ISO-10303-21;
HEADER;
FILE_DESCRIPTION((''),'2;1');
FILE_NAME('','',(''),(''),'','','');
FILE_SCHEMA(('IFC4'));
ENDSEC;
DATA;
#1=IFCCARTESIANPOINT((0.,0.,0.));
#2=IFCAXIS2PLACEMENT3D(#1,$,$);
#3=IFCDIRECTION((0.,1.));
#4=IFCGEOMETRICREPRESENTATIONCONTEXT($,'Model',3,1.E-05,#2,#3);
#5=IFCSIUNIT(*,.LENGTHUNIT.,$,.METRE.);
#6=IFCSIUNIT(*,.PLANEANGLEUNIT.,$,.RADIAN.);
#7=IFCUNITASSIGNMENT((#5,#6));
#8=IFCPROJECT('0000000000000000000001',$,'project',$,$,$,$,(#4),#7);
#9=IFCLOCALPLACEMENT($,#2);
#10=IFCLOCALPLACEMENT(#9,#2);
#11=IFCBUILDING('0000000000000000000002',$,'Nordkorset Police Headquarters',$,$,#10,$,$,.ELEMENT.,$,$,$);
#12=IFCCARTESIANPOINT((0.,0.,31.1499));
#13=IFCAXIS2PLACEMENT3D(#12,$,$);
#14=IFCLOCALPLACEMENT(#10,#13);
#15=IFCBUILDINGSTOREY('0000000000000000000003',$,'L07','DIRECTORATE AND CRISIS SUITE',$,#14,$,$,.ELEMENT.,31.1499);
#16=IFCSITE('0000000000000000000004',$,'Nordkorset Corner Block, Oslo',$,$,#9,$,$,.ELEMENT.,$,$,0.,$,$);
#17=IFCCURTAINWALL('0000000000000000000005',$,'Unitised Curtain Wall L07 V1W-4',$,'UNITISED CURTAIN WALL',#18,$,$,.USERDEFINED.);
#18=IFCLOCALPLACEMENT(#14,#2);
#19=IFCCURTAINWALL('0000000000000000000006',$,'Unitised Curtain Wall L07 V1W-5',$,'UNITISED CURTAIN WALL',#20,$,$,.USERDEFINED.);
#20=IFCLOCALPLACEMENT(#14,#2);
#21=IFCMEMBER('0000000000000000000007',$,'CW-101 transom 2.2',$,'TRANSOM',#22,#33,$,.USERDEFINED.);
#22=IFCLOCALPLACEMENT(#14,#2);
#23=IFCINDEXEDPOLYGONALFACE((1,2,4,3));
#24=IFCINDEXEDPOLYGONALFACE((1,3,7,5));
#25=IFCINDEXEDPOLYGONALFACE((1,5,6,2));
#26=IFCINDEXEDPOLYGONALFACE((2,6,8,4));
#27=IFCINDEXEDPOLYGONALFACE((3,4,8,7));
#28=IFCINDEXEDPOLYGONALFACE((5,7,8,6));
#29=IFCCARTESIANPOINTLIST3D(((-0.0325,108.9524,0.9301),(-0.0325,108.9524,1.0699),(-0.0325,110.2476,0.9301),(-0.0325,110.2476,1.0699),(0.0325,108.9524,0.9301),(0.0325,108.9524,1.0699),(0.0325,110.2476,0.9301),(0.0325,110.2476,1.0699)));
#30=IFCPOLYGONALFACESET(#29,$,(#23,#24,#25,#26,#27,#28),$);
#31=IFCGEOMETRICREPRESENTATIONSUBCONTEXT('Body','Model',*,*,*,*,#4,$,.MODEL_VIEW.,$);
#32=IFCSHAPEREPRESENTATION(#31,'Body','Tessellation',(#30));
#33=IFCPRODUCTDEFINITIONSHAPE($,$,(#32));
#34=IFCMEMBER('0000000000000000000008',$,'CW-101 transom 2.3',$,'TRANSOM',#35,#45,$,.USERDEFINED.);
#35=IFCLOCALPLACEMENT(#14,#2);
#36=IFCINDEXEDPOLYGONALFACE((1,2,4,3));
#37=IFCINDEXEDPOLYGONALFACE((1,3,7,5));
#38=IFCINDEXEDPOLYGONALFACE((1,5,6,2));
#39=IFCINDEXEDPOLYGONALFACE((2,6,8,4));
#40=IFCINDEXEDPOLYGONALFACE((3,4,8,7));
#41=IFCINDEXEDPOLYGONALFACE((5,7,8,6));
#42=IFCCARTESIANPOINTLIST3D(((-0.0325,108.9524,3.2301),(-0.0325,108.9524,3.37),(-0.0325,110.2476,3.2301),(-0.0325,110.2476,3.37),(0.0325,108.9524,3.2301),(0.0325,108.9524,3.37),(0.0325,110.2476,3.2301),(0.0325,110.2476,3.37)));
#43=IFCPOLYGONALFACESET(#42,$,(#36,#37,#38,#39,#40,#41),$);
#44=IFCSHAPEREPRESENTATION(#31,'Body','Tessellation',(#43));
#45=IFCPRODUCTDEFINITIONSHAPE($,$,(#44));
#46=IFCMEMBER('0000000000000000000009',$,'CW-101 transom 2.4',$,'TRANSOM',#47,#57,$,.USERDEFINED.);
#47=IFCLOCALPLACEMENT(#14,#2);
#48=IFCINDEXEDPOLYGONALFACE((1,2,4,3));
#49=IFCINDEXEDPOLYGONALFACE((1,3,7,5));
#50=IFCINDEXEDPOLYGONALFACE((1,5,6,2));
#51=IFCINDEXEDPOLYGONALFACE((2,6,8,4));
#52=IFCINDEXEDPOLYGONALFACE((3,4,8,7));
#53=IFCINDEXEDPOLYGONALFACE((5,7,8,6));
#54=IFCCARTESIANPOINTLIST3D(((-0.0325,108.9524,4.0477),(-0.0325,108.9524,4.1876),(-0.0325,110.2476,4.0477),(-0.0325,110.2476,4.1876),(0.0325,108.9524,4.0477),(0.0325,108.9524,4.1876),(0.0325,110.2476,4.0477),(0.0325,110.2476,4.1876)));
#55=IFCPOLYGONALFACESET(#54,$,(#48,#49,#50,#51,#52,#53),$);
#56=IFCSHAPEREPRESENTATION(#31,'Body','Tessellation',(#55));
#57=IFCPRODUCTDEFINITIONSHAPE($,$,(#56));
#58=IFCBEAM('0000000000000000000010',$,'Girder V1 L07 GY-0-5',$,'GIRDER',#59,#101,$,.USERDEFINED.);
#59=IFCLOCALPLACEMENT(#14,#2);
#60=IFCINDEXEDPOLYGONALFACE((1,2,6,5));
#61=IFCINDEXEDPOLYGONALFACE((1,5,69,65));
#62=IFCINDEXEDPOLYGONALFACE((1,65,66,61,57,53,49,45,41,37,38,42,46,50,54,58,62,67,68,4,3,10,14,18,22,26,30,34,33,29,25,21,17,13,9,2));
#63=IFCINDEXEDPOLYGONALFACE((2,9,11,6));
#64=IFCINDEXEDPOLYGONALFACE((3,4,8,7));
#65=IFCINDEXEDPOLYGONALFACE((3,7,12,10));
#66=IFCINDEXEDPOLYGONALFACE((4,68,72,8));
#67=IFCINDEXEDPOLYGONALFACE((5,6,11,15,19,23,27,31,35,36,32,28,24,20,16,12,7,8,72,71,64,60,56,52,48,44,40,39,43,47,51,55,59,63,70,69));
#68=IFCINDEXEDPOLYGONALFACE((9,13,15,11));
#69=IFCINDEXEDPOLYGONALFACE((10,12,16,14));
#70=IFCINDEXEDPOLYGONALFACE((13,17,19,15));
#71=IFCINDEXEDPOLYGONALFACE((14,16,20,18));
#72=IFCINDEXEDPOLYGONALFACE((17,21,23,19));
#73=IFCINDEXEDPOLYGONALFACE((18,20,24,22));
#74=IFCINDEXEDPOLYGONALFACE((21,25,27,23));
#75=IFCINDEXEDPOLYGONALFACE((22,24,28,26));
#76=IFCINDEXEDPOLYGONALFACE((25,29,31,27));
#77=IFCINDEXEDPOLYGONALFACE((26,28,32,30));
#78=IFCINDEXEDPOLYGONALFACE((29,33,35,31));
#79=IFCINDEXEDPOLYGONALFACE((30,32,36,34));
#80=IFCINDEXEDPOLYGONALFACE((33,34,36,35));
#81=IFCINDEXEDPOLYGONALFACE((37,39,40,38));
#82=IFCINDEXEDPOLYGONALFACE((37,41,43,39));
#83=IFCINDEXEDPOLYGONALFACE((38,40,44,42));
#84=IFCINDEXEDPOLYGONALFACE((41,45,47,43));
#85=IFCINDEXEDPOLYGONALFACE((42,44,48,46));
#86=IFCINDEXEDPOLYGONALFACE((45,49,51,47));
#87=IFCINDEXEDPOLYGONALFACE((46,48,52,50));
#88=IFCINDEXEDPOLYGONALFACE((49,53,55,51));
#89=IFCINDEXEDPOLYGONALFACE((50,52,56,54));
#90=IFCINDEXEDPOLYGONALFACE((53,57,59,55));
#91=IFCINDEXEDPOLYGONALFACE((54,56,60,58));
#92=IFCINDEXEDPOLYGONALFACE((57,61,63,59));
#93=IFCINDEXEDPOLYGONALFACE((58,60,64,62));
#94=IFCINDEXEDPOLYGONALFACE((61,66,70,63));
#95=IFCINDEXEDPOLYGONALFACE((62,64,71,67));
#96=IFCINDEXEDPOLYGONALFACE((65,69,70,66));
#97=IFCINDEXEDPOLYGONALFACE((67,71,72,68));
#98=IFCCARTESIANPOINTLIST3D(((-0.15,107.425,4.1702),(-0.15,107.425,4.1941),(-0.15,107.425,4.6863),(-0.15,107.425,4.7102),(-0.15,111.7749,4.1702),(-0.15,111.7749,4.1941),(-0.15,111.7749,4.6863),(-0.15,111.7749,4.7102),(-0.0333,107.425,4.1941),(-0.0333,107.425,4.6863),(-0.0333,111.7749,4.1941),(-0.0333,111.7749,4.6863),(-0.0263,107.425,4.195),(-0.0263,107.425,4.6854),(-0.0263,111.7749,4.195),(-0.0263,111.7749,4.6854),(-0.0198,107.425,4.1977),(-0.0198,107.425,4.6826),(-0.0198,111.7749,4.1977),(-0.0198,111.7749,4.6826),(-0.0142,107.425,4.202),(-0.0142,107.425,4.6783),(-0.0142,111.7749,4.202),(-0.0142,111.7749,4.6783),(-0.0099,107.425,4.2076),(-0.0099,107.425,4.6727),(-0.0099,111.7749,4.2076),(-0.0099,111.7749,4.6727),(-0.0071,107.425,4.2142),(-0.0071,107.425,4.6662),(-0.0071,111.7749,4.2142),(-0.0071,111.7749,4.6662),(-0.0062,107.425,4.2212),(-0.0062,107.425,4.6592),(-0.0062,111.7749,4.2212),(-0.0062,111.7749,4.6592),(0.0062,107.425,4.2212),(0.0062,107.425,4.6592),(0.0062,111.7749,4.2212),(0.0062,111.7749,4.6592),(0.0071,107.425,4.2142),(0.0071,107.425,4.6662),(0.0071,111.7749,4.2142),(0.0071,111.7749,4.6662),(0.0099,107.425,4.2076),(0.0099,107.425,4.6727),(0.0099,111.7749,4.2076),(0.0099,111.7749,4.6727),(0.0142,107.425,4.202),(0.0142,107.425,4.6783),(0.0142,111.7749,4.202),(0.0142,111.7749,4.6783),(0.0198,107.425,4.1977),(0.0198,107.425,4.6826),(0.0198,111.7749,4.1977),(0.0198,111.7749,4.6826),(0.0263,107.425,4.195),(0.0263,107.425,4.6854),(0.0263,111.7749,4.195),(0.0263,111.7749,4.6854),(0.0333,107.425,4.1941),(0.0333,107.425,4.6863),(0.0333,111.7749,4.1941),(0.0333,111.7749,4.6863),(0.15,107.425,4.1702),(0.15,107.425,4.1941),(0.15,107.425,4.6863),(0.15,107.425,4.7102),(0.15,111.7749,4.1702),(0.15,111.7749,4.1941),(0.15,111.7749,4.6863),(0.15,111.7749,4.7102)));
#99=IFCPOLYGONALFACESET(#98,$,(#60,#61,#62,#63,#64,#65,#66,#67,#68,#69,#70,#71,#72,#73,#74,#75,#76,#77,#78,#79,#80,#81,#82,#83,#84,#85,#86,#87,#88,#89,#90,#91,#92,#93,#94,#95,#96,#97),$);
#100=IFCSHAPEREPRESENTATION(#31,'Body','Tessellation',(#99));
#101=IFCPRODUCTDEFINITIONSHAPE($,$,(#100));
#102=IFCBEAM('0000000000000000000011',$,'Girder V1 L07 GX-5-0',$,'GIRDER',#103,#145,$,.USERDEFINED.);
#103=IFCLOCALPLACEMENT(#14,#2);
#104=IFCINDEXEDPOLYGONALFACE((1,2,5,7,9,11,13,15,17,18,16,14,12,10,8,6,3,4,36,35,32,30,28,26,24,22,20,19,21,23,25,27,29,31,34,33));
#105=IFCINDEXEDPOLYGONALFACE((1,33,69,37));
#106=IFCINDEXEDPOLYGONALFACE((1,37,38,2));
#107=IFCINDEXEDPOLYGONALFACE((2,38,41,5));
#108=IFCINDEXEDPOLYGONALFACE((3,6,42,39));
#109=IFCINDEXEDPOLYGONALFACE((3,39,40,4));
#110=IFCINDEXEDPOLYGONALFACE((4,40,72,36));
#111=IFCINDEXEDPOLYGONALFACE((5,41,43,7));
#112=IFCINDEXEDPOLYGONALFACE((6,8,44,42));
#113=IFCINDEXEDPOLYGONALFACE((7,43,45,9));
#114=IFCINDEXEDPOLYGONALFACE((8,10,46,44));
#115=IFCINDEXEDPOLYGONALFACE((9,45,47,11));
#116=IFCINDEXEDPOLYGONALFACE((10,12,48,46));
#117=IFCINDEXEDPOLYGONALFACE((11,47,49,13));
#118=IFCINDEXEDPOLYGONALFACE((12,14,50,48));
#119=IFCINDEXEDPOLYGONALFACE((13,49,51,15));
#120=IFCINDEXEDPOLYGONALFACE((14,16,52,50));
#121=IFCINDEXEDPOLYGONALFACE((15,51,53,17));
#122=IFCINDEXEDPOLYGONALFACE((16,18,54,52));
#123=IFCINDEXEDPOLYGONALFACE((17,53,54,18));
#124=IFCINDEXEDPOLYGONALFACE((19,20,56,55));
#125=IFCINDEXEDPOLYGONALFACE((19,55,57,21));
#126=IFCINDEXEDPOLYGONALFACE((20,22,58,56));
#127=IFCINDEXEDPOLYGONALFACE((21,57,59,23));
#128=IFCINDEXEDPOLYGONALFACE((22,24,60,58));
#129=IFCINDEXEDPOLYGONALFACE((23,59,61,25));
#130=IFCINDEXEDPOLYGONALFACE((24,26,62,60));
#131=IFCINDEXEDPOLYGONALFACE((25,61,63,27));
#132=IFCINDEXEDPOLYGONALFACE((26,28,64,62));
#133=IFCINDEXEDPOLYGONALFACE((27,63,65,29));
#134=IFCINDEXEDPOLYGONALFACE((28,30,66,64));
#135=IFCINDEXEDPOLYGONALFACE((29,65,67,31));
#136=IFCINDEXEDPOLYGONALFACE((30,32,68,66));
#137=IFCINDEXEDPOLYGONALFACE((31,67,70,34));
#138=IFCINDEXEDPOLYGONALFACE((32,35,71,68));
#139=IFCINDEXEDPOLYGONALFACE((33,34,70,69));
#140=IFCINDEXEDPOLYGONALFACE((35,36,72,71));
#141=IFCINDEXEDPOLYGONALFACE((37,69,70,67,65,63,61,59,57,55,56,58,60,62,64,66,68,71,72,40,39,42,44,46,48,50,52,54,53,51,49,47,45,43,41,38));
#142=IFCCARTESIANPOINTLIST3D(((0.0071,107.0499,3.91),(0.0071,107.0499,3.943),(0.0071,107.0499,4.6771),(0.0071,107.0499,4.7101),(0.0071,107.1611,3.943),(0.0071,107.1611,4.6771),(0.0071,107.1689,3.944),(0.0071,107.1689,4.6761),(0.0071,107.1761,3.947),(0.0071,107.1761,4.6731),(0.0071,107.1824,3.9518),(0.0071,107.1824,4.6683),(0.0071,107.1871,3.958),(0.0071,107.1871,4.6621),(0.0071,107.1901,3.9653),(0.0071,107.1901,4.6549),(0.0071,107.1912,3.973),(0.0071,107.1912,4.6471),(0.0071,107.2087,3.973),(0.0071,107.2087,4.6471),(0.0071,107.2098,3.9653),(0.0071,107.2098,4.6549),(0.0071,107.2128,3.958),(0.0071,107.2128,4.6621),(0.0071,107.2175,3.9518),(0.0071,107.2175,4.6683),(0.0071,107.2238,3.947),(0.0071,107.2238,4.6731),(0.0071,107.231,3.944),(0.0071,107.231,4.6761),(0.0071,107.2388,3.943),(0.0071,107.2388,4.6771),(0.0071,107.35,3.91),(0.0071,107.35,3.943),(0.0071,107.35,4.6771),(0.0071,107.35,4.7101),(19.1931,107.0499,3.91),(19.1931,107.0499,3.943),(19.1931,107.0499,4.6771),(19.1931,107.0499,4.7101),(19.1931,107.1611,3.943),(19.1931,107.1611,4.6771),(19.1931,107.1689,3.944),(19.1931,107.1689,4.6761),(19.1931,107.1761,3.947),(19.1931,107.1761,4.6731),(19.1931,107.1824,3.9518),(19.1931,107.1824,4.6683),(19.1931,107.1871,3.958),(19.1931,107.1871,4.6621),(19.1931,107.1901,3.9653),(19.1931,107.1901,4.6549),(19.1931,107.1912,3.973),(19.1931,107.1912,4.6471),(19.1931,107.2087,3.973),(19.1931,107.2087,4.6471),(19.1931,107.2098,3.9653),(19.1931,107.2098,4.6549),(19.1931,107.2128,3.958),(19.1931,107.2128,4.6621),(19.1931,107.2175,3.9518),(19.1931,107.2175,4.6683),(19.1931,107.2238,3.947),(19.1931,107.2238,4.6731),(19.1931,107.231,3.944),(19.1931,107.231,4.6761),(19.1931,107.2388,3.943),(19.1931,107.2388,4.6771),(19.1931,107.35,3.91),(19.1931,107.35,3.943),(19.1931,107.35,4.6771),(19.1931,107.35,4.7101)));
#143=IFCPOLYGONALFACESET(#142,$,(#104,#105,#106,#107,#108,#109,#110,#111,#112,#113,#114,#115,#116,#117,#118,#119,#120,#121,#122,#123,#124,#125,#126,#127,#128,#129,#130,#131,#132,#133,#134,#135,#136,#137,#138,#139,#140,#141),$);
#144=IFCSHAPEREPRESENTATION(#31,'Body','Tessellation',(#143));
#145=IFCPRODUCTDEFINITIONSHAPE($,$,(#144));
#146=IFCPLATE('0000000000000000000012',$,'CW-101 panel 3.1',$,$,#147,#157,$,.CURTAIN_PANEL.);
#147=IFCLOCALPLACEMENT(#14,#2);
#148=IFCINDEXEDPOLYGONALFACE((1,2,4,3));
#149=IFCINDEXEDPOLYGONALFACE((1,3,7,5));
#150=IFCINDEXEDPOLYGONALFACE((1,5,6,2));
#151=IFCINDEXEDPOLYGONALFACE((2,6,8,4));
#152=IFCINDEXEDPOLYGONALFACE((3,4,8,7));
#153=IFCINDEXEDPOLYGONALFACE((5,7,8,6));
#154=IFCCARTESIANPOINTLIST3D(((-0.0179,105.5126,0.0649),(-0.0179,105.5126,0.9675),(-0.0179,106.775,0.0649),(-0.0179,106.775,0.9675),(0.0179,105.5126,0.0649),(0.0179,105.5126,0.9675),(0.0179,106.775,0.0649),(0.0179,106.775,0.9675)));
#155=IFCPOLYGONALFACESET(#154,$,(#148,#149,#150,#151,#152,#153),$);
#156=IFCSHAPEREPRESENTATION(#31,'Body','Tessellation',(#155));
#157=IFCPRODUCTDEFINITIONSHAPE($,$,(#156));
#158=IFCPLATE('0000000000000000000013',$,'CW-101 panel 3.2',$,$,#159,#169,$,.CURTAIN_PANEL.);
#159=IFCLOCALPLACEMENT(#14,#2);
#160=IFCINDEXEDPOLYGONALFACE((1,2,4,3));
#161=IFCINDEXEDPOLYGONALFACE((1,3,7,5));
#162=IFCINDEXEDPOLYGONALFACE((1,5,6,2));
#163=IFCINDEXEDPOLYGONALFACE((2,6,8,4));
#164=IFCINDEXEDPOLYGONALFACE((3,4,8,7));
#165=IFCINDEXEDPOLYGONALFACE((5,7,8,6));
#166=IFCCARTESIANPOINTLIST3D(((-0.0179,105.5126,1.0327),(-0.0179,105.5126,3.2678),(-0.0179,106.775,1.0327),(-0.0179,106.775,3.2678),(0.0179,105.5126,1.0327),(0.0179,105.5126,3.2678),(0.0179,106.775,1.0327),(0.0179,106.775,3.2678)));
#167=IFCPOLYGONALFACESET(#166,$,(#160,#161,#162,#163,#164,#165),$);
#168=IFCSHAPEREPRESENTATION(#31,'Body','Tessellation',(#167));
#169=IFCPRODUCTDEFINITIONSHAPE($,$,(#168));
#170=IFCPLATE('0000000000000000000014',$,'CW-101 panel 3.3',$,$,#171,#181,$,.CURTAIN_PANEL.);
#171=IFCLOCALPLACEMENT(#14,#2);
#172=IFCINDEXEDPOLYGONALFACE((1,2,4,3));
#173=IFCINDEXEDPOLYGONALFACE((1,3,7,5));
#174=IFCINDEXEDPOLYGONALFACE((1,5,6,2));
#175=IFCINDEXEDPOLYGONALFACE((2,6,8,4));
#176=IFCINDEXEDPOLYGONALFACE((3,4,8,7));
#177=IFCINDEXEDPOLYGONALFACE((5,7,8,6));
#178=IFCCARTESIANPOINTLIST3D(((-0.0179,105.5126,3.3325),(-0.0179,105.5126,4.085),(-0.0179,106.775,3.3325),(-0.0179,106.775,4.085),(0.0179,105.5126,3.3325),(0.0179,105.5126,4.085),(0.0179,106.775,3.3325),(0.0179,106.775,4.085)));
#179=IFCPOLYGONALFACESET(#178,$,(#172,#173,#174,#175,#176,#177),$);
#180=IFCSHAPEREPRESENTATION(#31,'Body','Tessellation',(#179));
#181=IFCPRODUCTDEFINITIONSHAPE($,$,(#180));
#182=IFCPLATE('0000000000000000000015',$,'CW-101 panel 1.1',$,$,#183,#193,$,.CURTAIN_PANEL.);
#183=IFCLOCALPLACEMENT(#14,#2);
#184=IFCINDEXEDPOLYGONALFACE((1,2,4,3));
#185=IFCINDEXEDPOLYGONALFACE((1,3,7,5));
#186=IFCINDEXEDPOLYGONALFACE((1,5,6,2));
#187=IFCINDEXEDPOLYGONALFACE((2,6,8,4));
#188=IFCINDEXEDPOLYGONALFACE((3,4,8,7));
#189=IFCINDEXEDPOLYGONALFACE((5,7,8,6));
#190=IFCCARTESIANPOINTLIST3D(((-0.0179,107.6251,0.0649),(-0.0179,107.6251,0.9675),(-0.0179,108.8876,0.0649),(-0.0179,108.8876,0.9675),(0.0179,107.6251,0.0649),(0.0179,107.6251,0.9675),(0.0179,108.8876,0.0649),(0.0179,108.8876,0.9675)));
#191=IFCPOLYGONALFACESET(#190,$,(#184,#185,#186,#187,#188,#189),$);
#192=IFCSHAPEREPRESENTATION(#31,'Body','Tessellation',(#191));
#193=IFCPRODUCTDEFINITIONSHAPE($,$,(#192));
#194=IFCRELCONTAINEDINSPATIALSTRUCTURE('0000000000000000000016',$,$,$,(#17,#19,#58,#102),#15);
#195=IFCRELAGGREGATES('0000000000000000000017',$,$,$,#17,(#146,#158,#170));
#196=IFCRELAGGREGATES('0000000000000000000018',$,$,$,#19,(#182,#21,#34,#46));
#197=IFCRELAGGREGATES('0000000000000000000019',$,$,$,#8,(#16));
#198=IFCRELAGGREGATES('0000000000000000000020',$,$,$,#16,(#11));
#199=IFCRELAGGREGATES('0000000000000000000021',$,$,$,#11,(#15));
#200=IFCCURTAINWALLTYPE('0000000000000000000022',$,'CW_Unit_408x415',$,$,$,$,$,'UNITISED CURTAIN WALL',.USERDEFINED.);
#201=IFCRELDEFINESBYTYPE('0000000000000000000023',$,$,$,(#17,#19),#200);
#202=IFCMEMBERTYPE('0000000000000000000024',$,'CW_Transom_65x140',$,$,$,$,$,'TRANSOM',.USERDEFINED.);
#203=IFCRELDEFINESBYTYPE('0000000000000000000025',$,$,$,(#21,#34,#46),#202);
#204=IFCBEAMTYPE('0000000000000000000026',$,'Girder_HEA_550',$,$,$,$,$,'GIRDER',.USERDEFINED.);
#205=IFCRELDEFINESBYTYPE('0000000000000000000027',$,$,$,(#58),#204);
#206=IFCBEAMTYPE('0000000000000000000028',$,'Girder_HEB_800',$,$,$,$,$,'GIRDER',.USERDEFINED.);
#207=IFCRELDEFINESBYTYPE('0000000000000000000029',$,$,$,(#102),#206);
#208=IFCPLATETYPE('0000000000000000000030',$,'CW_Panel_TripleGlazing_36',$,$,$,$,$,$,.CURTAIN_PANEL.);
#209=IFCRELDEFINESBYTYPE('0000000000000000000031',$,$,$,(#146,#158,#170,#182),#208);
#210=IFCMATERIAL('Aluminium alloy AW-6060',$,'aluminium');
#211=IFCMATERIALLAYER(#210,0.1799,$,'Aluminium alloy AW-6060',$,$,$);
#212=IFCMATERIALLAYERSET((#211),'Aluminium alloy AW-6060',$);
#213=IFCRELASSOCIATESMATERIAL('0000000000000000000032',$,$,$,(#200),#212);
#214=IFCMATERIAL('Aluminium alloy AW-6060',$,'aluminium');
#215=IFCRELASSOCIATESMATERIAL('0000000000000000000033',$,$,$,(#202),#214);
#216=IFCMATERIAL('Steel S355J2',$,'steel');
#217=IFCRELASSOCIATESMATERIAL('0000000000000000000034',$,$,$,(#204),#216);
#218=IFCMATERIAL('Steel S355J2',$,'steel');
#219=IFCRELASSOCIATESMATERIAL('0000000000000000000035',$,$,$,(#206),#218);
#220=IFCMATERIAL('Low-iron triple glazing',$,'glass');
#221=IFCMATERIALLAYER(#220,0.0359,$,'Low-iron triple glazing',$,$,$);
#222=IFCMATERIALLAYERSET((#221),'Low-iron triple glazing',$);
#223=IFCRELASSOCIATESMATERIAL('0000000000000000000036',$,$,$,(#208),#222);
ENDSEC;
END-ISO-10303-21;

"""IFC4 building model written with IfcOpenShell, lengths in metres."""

from ifc_helpers import new_model, si_unit, direction, frame, origin, origin_2d, place, context, subcontext, project, spatial, rectangle, i_section, extrude, material, layer, layer_set, material_profile, profile_set, type_object, element, aggregate, save


model = new_model("IFC4")

# Units and contexts
model_context = context("Model", 3, precision=1e-05, world=origin(), true_north=direction((0.0, 1.0)))
body_context = subcontext(model_context, "Body", "Model", "MODEL_VIEW")
ifc_project = project(units=[si_unit("LENGTHUNIT", "METRE"), si_unit("PLANEANGLEUNIT", "RADIAN")], contexts=[model_context])

# Site, building, storey
site_placement = place(None, origin())
site = spatial("IfcSite", under=ifc_project, at=site_placement, Name="Nordkorset Corner Block, Oslo", CompositionType="ELEMENT", RefElevation=0.0)
building_placement = place(site_placement, origin())
building = spatial("IfcBuilding", under=site, at=building_placement, Name="Nordkorset Police Headquarters", CompositionType="ELEMENT")
storey_placement = place(building_placement, frame((0.0, 0.0, 31.1499)))
storey = spatial("IfcBuildingStorey", under=building, at=storey_placement, Name="L07", Description="DIRECTORATE AND CRISIS SUITE", CompositionType="ELEMENT", Elevation=31.1499)

# Curtain wall
ifc_material_1 = material(Name="Aluminium alloy AW-6060", Category="aluminium")
ifc_layer_1 = layer(ifc_material_1, 0.1799, Name="Aluminium alloy AW-6060")
ifc_layer_set_1 = layer_set([ifc_layer_1], Name="Aluminium alloy AW-6060")
curtain_wall_type = type_object("IfcCurtainWallType", Name="CW_Unit_408x415", ElementType="UNITISED CURTAIN WALL", PredefinedType="USERDEFINED", material=ifc_layer_set_1)
curtain_wall_1_placement = place(storey_placement, origin())
curtain_wall_1 = element("IfcCurtainWall", 1, at=curtain_wall_1_placement, inside=storey, type_object=curtain_wall_type, Name="Unitised Curtain Wall L07 V1W-4", ObjectType="UNITISED CURTAIN WALL", PredefinedType="USERDEFINED")

# Curtain wall
curtain_wall_2_placement = place(storey_placement, origin())
curtain_wall_2 = element("IfcCurtainWall", 2, at=curtain_wall_2_placement, inside=storey, type_object=curtain_wall_type, Name="Unitised Curtain Wall L07 V1W-5", ObjectType="UNITISED CURTAIN WALL", PredefinedType="USERDEFINED")

# Members
ifc_material_2 = material(Name="Aluminium alloy AW-6060", Category="aluminium")
ifc_material_profile_1 = material_profile(ifc_material_2, rectangle(XDim=0.0649, YDim=0.1399, at=origin_2d()), Name="ALU TRAN 65x140")
ifc_profile_set_1 = profile_set([ifc_material_profile_1], Name="Aluminium alloy AW-6060")
member_type_1 = type_object("IfcMemberType", Name="CW_Transom_65x140", ElementType="TRANSOM", PredefinedType="USERDEFINED", material=ifc_profile_set_1)
member_1_placement = place(storey_placement, frame((0.0, 108.9524, 1.0), z_axis=(0.0, 1.0, 0.0), x_axis=(-1.0, 0.0, 0.0)))
member_1 = element("IfcMember", 3, at=member_1_placement, type_object=member_type_1, Name="CW-101 transom 2.2", ObjectType="TRANSOM", PredefinedType="USERDEFINED", context=body_context, shape_type="SweptSolid", body=[
    extrude(rectangle(XDim=0.0649, YDim=0.1399, at=origin_2d()), origin(), (0.0, 0.0, 1.0), 1.2952),
])
member_2_placement = place(storey_placement, frame((0.0, 108.9524, 3.3), z_axis=(0.0, 1.0, 0.0), x_axis=(-1.0, 0.0, 0.0)))
member_2 = element("IfcMember", 4, at=member_2_placement, type_object=member_type_1, Name="CW-101 transom 2.3", ObjectType="TRANSOM", PredefinedType="USERDEFINED", context=body_context, shape_type="SweptSolid", body=[
    extrude(rectangle(XDim=0.0649, YDim=0.1399, at=origin_2d()), origin(), (0.0, 0.0, 1.0), 1.2952),
])
member_3_placement = place(storey_placement, frame((0.0, 108.9524, 4.1177), z_axis=(0.0, 1.0, 0.0), x_axis=(-1.0, 0.0, 0.0)))
member_3 = element("IfcMember", 5, at=member_3_placement, type_object=member_type_1, Name="CW-101 transom 2.4", ObjectType="TRANSOM", PredefinedType="USERDEFINED", context=body_context, shape_type="SweptSolid", body=[
    extrude(rectangle(XDim=0.0649, YDim=0.1399, at=origin_2d()), origin(), (0.0, 0.0, 1.0), 1.2952),
])

# Beams
ifc_material_3 = material(Name="Steel S355J2", Category="steel")
ifc_material_profile_2 = material_profile(ifc_material_3, i_section(OverallWidth=0.3, OverallDepth=0.54, WebThickness=0.0125, FlangeThickness=0.0239, FilletRadius=0.0271, at=origin_2d()), Name="HEA 550")
ifc_profile_set_2 = profile_set([ifc_material_profile_2], Name="Steel S355J2")
beam_type_1 = type_object("IfcBeamType", Name="Girder_HEA_550", ElementType="GIRDER", PredefinedType="USERDEFINED", material=ifc_profile_set_2)
beam_1_placement = place(storey_placement, frame((0.0, 107.425, 4.4402), z_axis=(0.0, 1.0, 0.0), x_axis=(-1.0, 0.0, 0.0)))
element("IfcBeam", 6, at=beam_1_placement, inside=storey, type_object=beam_type_1, Name="Girder V1 L07 GY-0-5", ObjectType="GIRDER", PredefinedType="USERDEFINED", context=body_context, shape_type="SweptSolid", body=[
    extrude(i_section(OverallWidth=0.3, OverallDepth=0.54, WebThickness=0.0125, FlangeThickness=0.0239, FilletRadius=0.0271, at=origin_2d()), origin(), (0.0, 0.0, 1.0), 4.3499),
])
ifc_material_4 = material(Name="Steel S355J2", Category="steel")
ifc_material_profile_3 = material_profile(ifc_material_4, i_section(OverallWidth=0.3, OverallDepth=0.8, WebThickness=0.0176, FlangeThickness=0.033, FilletRadius=0.03, at=origin_2d()), Name="HEB 800")
ifc_profile_set_3 = profile_set([ifc_material_profile_3], Name="Steel S355J2")
beam_type_2 = type_object("IfcBeamType", Name="Girder_HEB_800", ElementType="GIRDER", PredefinedType="USERDEFINED", material=ifc_profile_set_3)
beam_2_placement = place(storey_placement, frame((0.0071, 107.2, 4.3101), z_axis=(1.0, 0.0, 0.0), x_axis=(0.0, 1.0, 0.0)))
element("IfcBeam", 7, at=beam_2_placement, inside=storey, type_object=beam_type_2, Name="Girder V1 L07 GX-5-0", ObjectType="GIRDER", PredefinedType="USERDEFINED", context=body_context, shape_type="SweptSolid", body=[
    extrude(i_section(OverallWidth=0.3, OverallDepth=0.8, WebThickness=0.0176, FlangeThickness=0.033, FilletRadius=0.03, at=origin_2d()), origin(), (0.0, 0.0, 1.0), 19.186),
])

# Plates
ifc_material_5 = material(Name="Low-iron triple glazing", Category="glass")
ifc_layer_2 = layer(ifc_material_5, 0.0359, Name="Low-iron triple glazing")
ifc_layer_set_2 = layer_set([ifc_layer_2], Name="Low-iron triple glazing")
plate_type = type_object("IfcPlateType", Name="CW_Panel_TripleGlazing_36", PredefinedType="CURTAIN_PANEL", material=ifc_layer_set_2)
plate_1_placement = place(storey_placement, frame((0.0, 106.1438, 0.0649), z_axis=(0.0, 0.0, 1.0), x_axis=(0.0, 1.0, 0.0)))
plate_1 = element("IfcPlate", 8, at=plate_1_placement, type_object=plate_type, Name="CW-101 panel 3.1", PredefinedType="CURTAIN_PANEL", context=body_context, shape_type="SweptSolid", body=[
    extrude(rectangle(XDim=1.2625, YDim=0.0359, at=origin_2d()), origin(), (0.0, 0.0, 1.0), 0.9026),
])
plate_2_placement = place(storey_placement, frame((0.0, 106.1438, 1.0327), z_axis=(0.0, 0.0, 1.0), x_axis=(0.0, 1.0, 0.0)))
plate_2 = element("IfcPlate", 9, at=plate_2_placement, type_object=plate_type, Name="CW-101 panel 3.2", PredefinedType="CURTAIN_PANEL", context=body_context, shape_type="SweptSolid", body=[
    extrude(rectangle(XDim=1.2625, YDim=0.0359, at=origin_2d()), origin(), (0.0, 0.0, 1.0), 2.2351),
])
plate_3_placement = place(storey_placement, frame((0.0, 106.1438, 3.3325), z_axis=(0.0, 0.0, 1.0), x_axis=(0.0, 1.0, 0.0)))
plate_3 = element("IfcPlate", 10, at=plate_3_placement, type_object=plate_type, Name="CW-101 panel 3.3", PredefinedType="CURTAIN_PANEL", context=body_context, shape_type="SweptSolid", body=[
    extrude(rectangle(XDim=1.2625, YDim=0.0359, at=origin_2d()), origin(), (0.0, 0.0, 1.0), 0.7524),
])
aggregate(curtain_wall_1, [plate_1, plate_2, plate_3])
plate_4_placement = place(storey_placement, frame((0.0, 108.2563, 0.0649), z_axis=(0.0, 0.0, 1.0), x_axis=(0.0, 1.0, 0.0)))
plate_4 = element("IfcPlate", 11, at=plate_4_placement, type_object=plate_type, Name="CW-101 panel 1.1", PredefinedType="CURTAIN_PANEL", context=body_context, shape_type="SweptSolid", body=[
    extrude(rectangle(XDim=1.2625, YDim=0.0359, at=origin_2d()), origin(), (0.0, 0.0, 1.0), 0.9026),
])
aggregate(curtain_wall_2, [plate_4, member_1, member_2, member_3])

save(model, "model.ifc")
